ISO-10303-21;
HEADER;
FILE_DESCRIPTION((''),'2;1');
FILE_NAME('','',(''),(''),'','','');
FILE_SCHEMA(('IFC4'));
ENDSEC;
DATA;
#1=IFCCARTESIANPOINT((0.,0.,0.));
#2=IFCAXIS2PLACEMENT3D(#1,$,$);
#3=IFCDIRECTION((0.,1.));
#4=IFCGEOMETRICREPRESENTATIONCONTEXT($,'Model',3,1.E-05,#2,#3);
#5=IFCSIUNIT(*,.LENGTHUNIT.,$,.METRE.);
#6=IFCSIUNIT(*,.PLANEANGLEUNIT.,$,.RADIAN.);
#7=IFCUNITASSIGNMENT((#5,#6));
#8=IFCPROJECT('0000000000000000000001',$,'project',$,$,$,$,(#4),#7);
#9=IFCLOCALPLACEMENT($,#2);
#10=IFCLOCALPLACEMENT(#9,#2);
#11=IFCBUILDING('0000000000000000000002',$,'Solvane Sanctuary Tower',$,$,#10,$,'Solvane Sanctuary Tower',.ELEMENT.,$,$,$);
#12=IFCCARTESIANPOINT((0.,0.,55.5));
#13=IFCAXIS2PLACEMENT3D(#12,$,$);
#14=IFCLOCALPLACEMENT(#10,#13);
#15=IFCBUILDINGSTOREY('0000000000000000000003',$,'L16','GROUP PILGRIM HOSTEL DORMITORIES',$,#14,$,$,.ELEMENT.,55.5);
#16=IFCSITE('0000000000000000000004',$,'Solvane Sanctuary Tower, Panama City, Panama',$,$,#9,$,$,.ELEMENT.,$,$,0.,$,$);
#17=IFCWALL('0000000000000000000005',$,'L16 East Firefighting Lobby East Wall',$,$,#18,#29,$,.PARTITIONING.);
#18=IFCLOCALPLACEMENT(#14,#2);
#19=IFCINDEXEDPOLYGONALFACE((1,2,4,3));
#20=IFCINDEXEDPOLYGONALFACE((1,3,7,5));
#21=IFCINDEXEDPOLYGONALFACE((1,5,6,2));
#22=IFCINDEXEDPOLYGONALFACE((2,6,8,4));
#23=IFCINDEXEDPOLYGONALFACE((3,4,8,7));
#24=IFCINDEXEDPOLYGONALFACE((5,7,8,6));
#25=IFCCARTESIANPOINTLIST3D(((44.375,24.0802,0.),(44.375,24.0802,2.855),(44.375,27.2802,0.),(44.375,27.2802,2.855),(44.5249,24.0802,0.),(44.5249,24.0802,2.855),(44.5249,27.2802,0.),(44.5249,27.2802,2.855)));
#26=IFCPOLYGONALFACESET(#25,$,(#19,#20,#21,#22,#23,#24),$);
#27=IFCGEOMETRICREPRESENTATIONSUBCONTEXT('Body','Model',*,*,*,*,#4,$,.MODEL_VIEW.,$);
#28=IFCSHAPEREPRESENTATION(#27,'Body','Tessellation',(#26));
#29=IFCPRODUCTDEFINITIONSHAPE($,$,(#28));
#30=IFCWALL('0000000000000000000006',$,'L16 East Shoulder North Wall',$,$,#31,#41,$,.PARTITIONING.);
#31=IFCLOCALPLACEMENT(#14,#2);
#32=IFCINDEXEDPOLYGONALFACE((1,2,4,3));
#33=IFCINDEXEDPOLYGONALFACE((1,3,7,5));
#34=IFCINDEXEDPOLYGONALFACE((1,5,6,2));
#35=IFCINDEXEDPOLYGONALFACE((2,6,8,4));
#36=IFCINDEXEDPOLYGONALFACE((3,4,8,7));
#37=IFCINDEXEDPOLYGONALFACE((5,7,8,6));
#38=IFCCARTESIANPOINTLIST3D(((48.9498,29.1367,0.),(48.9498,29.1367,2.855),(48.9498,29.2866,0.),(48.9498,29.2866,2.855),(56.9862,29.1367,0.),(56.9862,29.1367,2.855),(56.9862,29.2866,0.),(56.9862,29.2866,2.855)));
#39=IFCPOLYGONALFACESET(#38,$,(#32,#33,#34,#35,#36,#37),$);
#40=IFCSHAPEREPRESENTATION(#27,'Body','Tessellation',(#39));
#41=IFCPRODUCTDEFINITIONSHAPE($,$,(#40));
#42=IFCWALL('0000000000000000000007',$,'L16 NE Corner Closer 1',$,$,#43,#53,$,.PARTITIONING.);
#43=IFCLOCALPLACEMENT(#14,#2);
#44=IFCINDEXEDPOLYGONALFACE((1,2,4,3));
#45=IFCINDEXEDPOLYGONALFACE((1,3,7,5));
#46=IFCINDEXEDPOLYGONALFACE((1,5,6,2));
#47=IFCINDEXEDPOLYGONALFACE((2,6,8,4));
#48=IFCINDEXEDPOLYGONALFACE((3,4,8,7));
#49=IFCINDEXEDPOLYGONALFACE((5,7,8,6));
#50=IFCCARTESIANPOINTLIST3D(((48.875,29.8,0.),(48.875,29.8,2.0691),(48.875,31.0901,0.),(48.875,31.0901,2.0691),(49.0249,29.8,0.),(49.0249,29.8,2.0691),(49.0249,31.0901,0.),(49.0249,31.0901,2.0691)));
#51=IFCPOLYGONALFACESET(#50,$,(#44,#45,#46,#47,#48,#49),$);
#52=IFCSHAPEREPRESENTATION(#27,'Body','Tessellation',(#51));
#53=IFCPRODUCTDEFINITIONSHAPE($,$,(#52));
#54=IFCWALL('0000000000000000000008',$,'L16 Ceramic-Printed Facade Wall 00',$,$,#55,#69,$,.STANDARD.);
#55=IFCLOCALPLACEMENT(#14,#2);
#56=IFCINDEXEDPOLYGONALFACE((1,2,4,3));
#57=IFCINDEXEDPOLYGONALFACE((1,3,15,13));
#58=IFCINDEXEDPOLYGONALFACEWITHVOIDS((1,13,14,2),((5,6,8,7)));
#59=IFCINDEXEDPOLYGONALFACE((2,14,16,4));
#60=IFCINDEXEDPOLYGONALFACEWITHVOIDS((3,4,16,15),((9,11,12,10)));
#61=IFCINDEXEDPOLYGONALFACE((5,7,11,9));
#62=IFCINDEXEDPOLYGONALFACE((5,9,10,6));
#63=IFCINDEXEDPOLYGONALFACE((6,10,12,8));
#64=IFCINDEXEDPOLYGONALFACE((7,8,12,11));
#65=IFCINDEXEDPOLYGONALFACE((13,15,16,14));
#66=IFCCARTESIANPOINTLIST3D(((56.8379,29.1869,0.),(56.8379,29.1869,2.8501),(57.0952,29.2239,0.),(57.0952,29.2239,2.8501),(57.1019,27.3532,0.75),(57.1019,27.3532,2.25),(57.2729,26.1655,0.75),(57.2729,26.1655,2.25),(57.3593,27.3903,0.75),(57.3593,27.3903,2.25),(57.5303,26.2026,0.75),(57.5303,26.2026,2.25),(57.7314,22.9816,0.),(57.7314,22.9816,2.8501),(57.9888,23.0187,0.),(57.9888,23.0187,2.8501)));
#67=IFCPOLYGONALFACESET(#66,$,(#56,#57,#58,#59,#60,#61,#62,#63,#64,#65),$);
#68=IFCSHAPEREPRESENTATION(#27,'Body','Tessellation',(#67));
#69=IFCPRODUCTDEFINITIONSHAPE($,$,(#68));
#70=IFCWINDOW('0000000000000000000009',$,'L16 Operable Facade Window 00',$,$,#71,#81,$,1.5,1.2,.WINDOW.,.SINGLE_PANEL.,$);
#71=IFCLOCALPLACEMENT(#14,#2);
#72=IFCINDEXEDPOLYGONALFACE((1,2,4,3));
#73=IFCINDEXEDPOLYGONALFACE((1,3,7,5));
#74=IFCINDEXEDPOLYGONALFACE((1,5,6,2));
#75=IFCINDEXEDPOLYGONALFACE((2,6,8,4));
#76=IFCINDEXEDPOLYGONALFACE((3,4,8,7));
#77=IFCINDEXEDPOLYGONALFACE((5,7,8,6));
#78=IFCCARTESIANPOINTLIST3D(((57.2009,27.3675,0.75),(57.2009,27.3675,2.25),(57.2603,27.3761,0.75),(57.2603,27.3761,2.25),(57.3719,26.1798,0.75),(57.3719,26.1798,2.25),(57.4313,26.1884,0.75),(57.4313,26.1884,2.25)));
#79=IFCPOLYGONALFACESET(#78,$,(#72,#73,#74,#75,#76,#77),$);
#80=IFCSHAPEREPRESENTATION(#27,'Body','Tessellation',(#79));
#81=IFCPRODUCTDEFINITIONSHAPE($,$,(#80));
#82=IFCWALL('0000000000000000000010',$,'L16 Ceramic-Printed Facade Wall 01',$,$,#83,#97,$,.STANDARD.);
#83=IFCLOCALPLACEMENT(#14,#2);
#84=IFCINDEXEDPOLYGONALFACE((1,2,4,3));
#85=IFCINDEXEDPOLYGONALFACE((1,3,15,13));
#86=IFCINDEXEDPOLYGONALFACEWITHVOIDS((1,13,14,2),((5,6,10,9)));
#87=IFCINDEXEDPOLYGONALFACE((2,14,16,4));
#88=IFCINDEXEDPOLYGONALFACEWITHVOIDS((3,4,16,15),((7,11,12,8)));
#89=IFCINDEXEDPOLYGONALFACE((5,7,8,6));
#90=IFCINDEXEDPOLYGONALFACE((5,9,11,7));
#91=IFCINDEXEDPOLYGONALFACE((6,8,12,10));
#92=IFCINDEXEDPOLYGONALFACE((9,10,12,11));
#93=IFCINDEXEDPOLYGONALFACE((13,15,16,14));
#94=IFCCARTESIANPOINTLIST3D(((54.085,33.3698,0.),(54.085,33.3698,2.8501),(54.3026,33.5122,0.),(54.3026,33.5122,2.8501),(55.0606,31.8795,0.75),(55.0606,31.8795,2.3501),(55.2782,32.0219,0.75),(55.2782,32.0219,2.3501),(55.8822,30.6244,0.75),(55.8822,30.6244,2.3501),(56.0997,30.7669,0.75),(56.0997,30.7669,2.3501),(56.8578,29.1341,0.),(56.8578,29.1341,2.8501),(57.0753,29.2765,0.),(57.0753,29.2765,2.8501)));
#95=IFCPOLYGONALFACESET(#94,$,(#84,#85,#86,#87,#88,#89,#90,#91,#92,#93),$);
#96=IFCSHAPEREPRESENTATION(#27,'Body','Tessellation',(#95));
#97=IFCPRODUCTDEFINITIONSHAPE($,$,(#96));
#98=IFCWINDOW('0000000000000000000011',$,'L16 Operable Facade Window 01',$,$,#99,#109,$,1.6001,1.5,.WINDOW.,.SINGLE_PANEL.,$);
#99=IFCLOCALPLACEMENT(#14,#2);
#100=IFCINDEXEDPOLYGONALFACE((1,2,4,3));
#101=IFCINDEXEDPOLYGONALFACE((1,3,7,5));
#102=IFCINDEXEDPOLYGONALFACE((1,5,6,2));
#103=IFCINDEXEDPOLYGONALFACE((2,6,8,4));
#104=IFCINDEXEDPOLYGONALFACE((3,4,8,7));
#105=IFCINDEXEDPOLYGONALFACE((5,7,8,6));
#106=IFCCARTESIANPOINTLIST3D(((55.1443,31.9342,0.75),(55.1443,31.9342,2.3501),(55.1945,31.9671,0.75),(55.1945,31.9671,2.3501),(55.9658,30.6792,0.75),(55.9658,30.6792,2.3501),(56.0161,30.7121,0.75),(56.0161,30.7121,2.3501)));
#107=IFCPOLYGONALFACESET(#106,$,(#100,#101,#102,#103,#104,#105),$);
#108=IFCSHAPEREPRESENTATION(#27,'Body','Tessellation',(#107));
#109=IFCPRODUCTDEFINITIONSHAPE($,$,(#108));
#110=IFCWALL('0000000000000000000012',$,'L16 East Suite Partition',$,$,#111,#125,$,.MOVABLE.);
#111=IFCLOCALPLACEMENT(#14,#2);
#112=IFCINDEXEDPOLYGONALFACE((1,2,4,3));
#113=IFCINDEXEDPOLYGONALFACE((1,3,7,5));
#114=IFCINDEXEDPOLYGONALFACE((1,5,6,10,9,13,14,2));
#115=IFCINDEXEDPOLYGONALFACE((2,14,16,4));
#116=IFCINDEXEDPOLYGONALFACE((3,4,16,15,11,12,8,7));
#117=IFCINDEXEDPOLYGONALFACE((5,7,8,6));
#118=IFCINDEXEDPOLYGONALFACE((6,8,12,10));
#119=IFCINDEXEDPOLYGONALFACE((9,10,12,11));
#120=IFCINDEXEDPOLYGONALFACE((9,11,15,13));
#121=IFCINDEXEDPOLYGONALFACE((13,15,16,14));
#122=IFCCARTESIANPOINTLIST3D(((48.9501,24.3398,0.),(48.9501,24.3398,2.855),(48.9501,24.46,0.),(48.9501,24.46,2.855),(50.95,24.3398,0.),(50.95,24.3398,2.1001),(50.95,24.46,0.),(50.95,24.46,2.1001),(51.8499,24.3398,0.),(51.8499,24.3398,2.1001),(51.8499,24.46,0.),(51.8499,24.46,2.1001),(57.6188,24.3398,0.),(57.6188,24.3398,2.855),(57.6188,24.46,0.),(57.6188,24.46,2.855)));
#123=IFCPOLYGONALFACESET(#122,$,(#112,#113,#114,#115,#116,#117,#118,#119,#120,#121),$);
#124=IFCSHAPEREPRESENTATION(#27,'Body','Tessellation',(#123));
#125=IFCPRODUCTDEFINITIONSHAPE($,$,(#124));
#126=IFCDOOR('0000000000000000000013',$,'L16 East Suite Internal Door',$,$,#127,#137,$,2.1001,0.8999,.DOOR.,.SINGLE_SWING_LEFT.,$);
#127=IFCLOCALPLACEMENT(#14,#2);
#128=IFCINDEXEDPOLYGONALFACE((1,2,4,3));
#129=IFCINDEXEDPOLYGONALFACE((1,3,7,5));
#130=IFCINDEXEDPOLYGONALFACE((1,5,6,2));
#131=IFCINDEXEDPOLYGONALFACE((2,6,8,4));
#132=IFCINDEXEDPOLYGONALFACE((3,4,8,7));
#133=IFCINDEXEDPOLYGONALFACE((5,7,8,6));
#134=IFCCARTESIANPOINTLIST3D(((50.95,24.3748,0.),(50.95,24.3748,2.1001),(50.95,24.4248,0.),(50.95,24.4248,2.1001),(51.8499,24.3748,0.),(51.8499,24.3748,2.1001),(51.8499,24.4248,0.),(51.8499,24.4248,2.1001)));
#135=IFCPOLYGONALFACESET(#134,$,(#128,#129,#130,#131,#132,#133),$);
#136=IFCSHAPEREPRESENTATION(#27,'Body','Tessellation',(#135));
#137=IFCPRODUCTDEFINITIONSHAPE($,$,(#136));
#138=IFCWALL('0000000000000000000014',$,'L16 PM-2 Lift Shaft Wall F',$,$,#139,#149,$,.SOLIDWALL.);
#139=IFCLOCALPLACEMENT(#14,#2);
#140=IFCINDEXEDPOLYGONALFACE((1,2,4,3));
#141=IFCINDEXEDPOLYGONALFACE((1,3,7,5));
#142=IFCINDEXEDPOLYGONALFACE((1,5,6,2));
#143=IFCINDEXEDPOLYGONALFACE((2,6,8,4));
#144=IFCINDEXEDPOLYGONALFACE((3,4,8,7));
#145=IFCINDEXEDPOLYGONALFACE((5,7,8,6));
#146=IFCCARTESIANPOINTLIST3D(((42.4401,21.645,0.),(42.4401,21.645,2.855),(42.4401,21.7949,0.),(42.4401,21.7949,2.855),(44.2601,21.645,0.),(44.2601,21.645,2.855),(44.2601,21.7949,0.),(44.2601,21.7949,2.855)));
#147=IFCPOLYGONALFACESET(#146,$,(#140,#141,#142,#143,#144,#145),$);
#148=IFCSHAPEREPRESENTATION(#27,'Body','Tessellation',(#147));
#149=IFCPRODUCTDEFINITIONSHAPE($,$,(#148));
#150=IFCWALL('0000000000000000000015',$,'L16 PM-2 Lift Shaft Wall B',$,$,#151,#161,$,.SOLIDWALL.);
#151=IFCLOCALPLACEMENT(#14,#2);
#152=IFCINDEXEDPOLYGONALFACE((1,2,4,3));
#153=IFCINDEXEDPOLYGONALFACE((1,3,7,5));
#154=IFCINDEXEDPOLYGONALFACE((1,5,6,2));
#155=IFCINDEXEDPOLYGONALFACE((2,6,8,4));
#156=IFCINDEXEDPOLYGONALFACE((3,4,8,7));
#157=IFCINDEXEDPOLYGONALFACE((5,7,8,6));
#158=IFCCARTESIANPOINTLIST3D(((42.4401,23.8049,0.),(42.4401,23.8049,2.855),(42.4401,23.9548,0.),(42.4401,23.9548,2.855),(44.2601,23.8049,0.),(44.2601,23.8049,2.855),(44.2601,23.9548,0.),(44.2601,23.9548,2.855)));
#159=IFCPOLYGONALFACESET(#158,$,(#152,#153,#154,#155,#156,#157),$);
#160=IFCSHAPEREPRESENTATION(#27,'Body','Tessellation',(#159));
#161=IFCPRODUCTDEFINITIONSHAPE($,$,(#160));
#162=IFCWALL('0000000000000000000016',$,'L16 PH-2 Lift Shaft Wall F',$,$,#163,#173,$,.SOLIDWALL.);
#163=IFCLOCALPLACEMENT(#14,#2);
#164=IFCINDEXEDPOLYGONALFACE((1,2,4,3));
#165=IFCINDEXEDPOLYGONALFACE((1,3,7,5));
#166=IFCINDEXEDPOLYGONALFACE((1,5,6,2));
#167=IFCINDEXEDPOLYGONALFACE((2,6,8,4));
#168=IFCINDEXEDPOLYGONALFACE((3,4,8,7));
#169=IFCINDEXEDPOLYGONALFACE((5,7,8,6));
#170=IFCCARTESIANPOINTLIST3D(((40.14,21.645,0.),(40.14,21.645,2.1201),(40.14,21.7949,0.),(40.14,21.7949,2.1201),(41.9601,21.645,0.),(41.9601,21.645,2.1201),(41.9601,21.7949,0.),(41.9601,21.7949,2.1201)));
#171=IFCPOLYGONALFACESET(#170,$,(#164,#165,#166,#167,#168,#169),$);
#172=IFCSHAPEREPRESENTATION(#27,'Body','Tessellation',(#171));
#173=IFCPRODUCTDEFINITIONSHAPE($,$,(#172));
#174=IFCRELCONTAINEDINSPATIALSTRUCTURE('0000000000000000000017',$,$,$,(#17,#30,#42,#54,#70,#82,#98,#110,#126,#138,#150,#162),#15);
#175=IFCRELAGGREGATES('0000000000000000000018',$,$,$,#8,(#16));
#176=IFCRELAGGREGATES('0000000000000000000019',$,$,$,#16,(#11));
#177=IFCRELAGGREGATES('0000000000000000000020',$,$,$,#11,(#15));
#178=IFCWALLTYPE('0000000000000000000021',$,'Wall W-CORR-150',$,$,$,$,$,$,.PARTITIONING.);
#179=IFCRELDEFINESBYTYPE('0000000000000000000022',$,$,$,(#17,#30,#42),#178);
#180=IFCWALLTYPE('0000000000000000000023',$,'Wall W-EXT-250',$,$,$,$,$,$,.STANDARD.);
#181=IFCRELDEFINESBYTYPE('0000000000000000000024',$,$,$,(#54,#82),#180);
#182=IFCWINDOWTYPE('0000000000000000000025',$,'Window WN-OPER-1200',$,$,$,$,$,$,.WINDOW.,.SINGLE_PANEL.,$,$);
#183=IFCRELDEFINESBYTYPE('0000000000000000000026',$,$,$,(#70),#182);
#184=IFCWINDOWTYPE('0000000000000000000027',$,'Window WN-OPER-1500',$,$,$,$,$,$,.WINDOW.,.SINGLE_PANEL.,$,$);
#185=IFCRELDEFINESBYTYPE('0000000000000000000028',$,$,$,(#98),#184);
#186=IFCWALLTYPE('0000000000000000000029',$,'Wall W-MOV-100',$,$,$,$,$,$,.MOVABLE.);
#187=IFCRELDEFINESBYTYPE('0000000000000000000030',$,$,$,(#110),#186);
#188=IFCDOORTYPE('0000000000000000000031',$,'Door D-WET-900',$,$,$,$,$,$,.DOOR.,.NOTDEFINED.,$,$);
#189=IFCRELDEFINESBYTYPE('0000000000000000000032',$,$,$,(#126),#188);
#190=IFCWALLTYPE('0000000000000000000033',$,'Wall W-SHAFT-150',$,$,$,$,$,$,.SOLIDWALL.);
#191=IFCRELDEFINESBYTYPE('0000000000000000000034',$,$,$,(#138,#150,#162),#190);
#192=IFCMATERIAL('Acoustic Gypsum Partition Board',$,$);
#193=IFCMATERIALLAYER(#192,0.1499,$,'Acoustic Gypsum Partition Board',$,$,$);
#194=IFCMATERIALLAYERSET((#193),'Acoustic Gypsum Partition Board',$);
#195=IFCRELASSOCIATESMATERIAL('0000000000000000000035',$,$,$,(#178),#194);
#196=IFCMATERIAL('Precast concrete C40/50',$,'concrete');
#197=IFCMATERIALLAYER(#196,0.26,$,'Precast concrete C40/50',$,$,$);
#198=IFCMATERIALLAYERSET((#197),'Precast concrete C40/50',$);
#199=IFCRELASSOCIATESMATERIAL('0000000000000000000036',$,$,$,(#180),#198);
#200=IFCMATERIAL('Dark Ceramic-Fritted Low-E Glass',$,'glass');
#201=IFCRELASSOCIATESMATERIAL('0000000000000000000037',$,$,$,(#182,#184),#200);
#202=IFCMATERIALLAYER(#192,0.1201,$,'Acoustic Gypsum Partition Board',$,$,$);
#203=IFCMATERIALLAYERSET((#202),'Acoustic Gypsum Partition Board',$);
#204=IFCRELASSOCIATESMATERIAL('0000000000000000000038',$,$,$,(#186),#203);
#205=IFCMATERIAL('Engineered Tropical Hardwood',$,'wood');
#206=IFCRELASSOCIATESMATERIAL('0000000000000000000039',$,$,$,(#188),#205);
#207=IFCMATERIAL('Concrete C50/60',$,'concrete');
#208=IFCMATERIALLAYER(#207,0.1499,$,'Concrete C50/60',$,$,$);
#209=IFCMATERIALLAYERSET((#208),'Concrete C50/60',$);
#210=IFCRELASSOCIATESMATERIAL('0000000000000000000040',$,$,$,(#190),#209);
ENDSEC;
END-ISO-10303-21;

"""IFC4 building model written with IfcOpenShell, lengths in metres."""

from ifc_helpers import new_model, si_unit, direction, frame, frame_2d, origin, place, context, subcontext, project, spatial, rectangle, extrude, material, layer, layer_set, type_object, element, fill, save


model = new_model("IFC4")

# Units and contexts
model_context = context("Model", 3, precision=1e-05, world=origin(), true_north=direction((0.0, 1.0)))
body_context = subcontext(model_context, "Body", "Model", "MODEL_VIEW")
ifc_project = project(units=[si_unit("LENGTHUNIT", "METRE"), si_unit("PLANEANGLEUNIT", "RADIAN")], contexts=[model_context])

# Site, building, storey
site_placement = place(None, origin())
site = spatial("IfcSite", under=ifc_project, at=site_placement, Name="Solvane Sanctuary Tower, Panama City, Panama", CompositionType="ELEMENT", RefElevation=0.0)
building_placement = place(site_placement, origin())
building = spatial("IfcBuilding", under=site, at=building_placement, Name="Solvane Sanctuary Tower", LongName="Solvane Sanctuary Tower", CompositionType="ELEMENT")
storey_placement = place(building_placement, frame((0.0, 0.0, 55.5)))
storey = spatial("IfcBuildingStorey", under=building, at=storey_placement, Name="L16", Description="GROUP PILGRIM HOSTEL DORMITORIES", CompositionType="ELEMENT", Elevation=55.5)

# Walls
ifc_material_1 = material(Name="Acoustic Gypsum Partition Board")
ifc_layer_1 = layer(ifc_material_1, 0.1499, Name="Acoustic Gypsum Partition Board")
ifc_layer_set_1 = layer_set([ifc_layer_1], Name="Acoustic Gypsum Partition Board")
wall_type_1 = type_object("IfcWallType", Name="Wall W-CORR-150", PredefinedType="PARTITIONING", material=ifc_layer_set_1)
wall_1_placement = place(storey_placement, frame((44.45, 24.0801, 0.0), z_axis=(0.0, 0.0, 1.0), x_axis=(0.0, 1.0, 0.0)))
element("IfcWall", 1, at=wall_1_placement, inside=storey, type_object=wall_type_1, Name="L16 East Firefighting Lobby East Wall", PredefinedType="PARTITIONING", context=body_context, shape_type="SweptSolid", body=[
    extrude(rectangle(XDim=3.2, YDim=0.1499, at=frame_2d((1.6001, 0.0))), origin(), (0.0, 0.0, 1.0), 2.855),
])
wall_2_placement = place(storey_placement, frame((48.95, 29.2117, 0.0), z_axis=(0.0, 0.0, 1.0), x_axis=(1.0, 0.0, 0.0)))
element("IfcWall", 2, at=wall_2_placement, inside=storey, type_object=wall_type_1, Name="L16 East Shoulder North Wall", PredefinedType="PARTITIONING", context=body_context, shape_type="SweptSolid", body=[
    extrude(rectangle(XDim=8.0364, YDim=0.1499, at=frame_2d((4.0181, 0.0))), origin(), (0.0, 0.0, 1.0), 2.855),
])
wall_3_placement = place(storey_placement, frame((48.95, 29.8, 0.0), z_axis=(0.0, 0.0, 1.0), x_axis=(0.0, 1.0, 0.0)))
element("IfcWall", 3, at=wall_3_placement, inside=storey, type_object=wall_type_1, Name="L16 NE Corner Closer 1", PredefinedType="PARTITIONING", context=body_context, shape_type="SweptSolid", body=[
    extrude(rectangle(XDim=1.29, YDim=0.1499, at=frame_2d((0.645, 0.0))), origin(), (0.0, 0.0, 1.0), 2.0691),
])

# Walls, openings, windows
ifc_material_2 = material(Name="Precast concrete C40/50", Category="concrete")
ifc_layer_2 = layer(ifc_material_2, 0.26, Name="Precast concrete C40/50")
ifc_layer_set_2 = layer_set([ifc_layer_2], Name="Precast concrete C40/50")
wall_type_2 = type_object("IfcWallType", Name="Wall W-EXT-250", PredefinedType="STANDARD", material=ifc_layer_set_2)
wall_4_placement = place(storey_placement, frame((57.8601, 23.0, 0.0), z_axis=(0.0, 0.0, 1.0), x_axis=(-0.142528, 0.989791, 0.0)))
wall_4 = element("IfcWall", 4, at=wall_4_placement, inside=storey, type_object=wall_type_2, Name="L16 Ceramic-Printed Facade Wall 00", PredefinedType="STANDARD", context=body_context, shape_type="SweptSolid", body=[
    extrude(rectangle(XDim=6.2693, YDim=0.26, at=frame_2d((3.1348, 0.0))), origin(), (0.0, 0.0, 1.0), 2.8501),
])
opening_1_placement = place(wall_4_placement, frame((3.2168, 0.0, 0.75)))
opening_1 = element("IfcOpeningElement", 5, at=opening_1_placement, cuts=wall_4, PredefinedType="OPENING", context=body_context, shape_type="SweptSolid", body=[
    extrude(rectangle(XDim=1.2, YDim=1.5, at=frame_2d((0.6001, 0.75))), frame((0.0, 0.1399, 0.0), z_axis=(0.0, -1.0, 0.0), x_axis=(1.0, 0.0, 0.0)), (0.0, 0.0, 1.0), 0.28),
])
ifc_material_3 = material(Name="Dark Ceramic-Fritted Low-E Glass", Category="glass")
window_type_1 = type_object("IfcWindowType", Name="Window WN-OPER-1200", PartitioningType="SINGLE_PANEL", PredefinedType="WINDOW", material=ifc_material_3)
window_1_placement = place(opening_1_placement, origin())
window_1 = element("IfcWindow", 6, at=window_1_placement, inside=storey, type_object=window_type_1, Name="L16 Operable Facade Window 00", OverallHeight=1.5, OverallWidth=1.2, PartitioningType="SINGLE_PANEL", PredefinedType="WINDOW", context=body_context, shape_type="SweptSolid", body=[
    extrude(rectangle(XDim=1.2, YDim=1.5, at=frame_2d((0.6001, 0.75))), frame((0.0, 0.03, 0.0), z_axis=(0.0, -1.0, 0.0), x_axis=(1.0, 0.0, 0.0)), (0.0, 0.0, 1.0), 0.0601),
])
fill(opening_1, window_1)
wall_5_placement = place(storey_placement, frame((56.9666, 29.2053, 0.0), z_axis=(0.0, 0.0, 1.0), x_axis=(-0.547703, 0.836673, 0.0)))
wall_5 = element("IfcWall", 7, at=wall_5_placement, inside=storey, type_object=wall_type_2, Name="L16 Ceramic-Printed Facade Wall 01", PredefinedType="STANDARD", context=body_context, shape_type="SweptSolid", body=[
    extrude(rectangle(XDim=5.0625, YDim=0.26, at=frame_2d((2.5312, 0.0))), origin(), (0.0, 0.0, 1.0), 2.8501),
])
opening_2_placement = place(wall_5_placement, frame((1.7812, 0.0, 0.75)))
opening_2 = element("IfcOpeningElement", 8, at=opening_2_placement, cuts=wall_5, PredefinedType="OPENING", context=body_context, shape_type="SweptSolid", body=[
    extrude(rectangle(XDim=1.5, YDim=1.6001, at=frame_2d((0.75, 0.8))), frame((0.0, 0.1399, 0.0), z_axis=(0.0, -1.0, 0.0), x_axis=(1.0, 0.0, 0.0)), (0.0, 0.0, 1.0), 0.28),
])
window_type_2 = type_object("IfcWindowType", Name="Window WN-OPER-1500", PartitioningType="SINGLE_PANEL", PredefinedType="WINDOW", material=ifc_material_3)
window_2_placement = place(opening_2_placement, origin())
window_2 = element("IfcWindow", 9, at=window_2_placement, inside=storey, type_object=window_type_2, Name="L16 Operable Facade Window 01", OverallHeight=1.6001, OverallWidth=1.5, PartitioningType="SINGLE_PANEL", PredefinedType="WINDOW", context=body_context, shape_type="SweptSolid", body=[
    extrude(rectangle(XDim=1.5, YDim=1.6001, at=frame_2d((0.75, 0.8))), frame((0.0, 0.03, 0.0), z_axis=(0.0, -1.0, 0.0), x_axis=(1.0, 0.0, 0.0)), (0.0, 0.0, 1.0), 0.0601),
])
fill(opening_2, window_2)

# Wall, opening, door
ifc_layer_3 = layer(ifc_material_1, 0.1201, Name="Acoustic Gypsum Partition Board")
ifc_layer_set_3 = layer_set([ifc_layer_3], Name="Acoustic Gypsum Partition Board")
wall_type_3 = type_object("IfcWallType", Name="Wall W-MOV-100", PredefinedType="MOVABLE", material=ifc_layer_set_3)
wall_6_placement = place(storey_placement, frame((48.95, 24.3999, 0.0), z_axis=(0.0, 0.0, 1.0), x_axis=(1.0, 0.0, 0.0)))
wall_6 = element("IfcWall", 10, at=wall_6_placement, inside=storey, type_object=wall_type_3, Name="L16 East Suite Partition", PredefinedType="MOVABLE", context=body_context, shape_type="SweptSolid", body=[
    extrude(rectangle(XDim=8.6687, YDim=0.1201, at=frame_2d((4.3345, 0.0))), origin(), (0.0, 0.0, 1.0), 2.855),
])
opening_3_placement = place(wall_6_placement, frame((2.0, 0.0, 0.0)))
opening_3 = element("IfcOpeningElement", 11, at=opening_3_placement, cuts=wall_6, PredefinedType="OPENING", context=body_context, shape_type="SweptSolid", body=[
    extrude(rectangle(XDim=0.8999, YDim=2.1001, at=frame_2d((0.45, 1.05))), frame((0.0, 0.0701, 0.0), z_axis=(0.0, -1.0, 0.0), x_axis=(1.0, 0.0, 0.0)), (0.0, 0.0, 1.0), 0.1401),
])
ifc_material_4 = material(Name="Engineered Tropical Hardwood", Category="wood")
door_type_1 = type_object("IfcDoorType", Name="Door D-WET-900", OperationType="NOTDEFINED", PredefinedType="DOOR", material=ifc_material_4)
door_1_placement = place(opening_3_placement, origin())
door_1 = element("IfcDoor", 12, at=door_1_placement, inside=storey, type_object=door_type_1, Name="L16 East Suite Internal Door", OperationType="SINGLE_SWING_LEFT", OverallHeight=2.1001, OverallWidth=0.8999, PredefinedType="DOOR", context=body_context, shape_type="SweptSolid", body=[
    extrude(rectangle(XDim=0.8999, YDim=2.1001, at=frame_2d((0.45, 1.05))), frame((0.0, 0.0249, 0.0), z_axis=(0.0, -1.0, 0.0), x_axis=(1.0, 0.0, 0.0)), (0.0, 0.0, 1.0), 0.05),
])
fill(opening_3, door_1)

# Walls
ifc_material_5 = material(Name="Concrete C50/60", Category="concrete")
ifc_layer_4 = layer(ifc_material_5, 0.1499, Name="Concrete C50/60")
ifc_layer_set_4 = layer_set([ifc_layer_4], Name="Concrete C50/60")
wall_type_4 = type_object("IfcWallType", Name="Wall W-SHAFT-150", PredefinedType="SOLIDWALL", material=ifc_layer_set_4)
for number, where, z_axis, x_axis, name in (
    (13, (42.4399, 21.72, 0.0), (0.0, 0.0, 1.0), (1.0, 0.0, 0.0), "L16 PM-2 Lift Shaft Wall F"),
    (14, (42.4399, 23.8799, 0.0), (0.0, 0.0, 1.0), (1.0, 0.0, 0.0), "L16 PM-2 Lift Shaft Wall B"),
):
    element("IfcWall", number, at=place(storey_placement, frame(where, z_axis=z_axis, x_axis=x_axis)), inside=storey, type_object=wall_type_4, Name=name, PredefinedType="SOLIDWALL", context=body_context, shape_type="SweptSolid", body=[
        extrude(rectangle(XDim=1.8201, YDim=0.1499, at=frame_2d((0.9102, 0.0))), origin(), (0.0, 0.0, 1.0), 2.855),
    ])
for number, where, z_axis, x_axis, name in (
    (15, (40.1399, 21.72, 0.0), (0.0, 0.0, 1.0), (1.0, 0.0, 0.0), "L16 PH-2 Lift Shaft Wall F"),
):
    element("IfcWall", number, at=place(storey_placement, frame(where, z_axis=z_axis, x_axis=x_axis)), inside=storey, type_object=wall_type_4, Name=name, PredefinedType="SOLIDWALL", context=body_context, shape_type="SweptSolid", body=[
        extrude(rectangle(XDim=1.8201, YDim=0.1499, at=frame_2d((0.9102, 0.0))), origin(), (0.0, 0.0, 1.0), 2.1201),
    ])

save(model, "model.ifc")
